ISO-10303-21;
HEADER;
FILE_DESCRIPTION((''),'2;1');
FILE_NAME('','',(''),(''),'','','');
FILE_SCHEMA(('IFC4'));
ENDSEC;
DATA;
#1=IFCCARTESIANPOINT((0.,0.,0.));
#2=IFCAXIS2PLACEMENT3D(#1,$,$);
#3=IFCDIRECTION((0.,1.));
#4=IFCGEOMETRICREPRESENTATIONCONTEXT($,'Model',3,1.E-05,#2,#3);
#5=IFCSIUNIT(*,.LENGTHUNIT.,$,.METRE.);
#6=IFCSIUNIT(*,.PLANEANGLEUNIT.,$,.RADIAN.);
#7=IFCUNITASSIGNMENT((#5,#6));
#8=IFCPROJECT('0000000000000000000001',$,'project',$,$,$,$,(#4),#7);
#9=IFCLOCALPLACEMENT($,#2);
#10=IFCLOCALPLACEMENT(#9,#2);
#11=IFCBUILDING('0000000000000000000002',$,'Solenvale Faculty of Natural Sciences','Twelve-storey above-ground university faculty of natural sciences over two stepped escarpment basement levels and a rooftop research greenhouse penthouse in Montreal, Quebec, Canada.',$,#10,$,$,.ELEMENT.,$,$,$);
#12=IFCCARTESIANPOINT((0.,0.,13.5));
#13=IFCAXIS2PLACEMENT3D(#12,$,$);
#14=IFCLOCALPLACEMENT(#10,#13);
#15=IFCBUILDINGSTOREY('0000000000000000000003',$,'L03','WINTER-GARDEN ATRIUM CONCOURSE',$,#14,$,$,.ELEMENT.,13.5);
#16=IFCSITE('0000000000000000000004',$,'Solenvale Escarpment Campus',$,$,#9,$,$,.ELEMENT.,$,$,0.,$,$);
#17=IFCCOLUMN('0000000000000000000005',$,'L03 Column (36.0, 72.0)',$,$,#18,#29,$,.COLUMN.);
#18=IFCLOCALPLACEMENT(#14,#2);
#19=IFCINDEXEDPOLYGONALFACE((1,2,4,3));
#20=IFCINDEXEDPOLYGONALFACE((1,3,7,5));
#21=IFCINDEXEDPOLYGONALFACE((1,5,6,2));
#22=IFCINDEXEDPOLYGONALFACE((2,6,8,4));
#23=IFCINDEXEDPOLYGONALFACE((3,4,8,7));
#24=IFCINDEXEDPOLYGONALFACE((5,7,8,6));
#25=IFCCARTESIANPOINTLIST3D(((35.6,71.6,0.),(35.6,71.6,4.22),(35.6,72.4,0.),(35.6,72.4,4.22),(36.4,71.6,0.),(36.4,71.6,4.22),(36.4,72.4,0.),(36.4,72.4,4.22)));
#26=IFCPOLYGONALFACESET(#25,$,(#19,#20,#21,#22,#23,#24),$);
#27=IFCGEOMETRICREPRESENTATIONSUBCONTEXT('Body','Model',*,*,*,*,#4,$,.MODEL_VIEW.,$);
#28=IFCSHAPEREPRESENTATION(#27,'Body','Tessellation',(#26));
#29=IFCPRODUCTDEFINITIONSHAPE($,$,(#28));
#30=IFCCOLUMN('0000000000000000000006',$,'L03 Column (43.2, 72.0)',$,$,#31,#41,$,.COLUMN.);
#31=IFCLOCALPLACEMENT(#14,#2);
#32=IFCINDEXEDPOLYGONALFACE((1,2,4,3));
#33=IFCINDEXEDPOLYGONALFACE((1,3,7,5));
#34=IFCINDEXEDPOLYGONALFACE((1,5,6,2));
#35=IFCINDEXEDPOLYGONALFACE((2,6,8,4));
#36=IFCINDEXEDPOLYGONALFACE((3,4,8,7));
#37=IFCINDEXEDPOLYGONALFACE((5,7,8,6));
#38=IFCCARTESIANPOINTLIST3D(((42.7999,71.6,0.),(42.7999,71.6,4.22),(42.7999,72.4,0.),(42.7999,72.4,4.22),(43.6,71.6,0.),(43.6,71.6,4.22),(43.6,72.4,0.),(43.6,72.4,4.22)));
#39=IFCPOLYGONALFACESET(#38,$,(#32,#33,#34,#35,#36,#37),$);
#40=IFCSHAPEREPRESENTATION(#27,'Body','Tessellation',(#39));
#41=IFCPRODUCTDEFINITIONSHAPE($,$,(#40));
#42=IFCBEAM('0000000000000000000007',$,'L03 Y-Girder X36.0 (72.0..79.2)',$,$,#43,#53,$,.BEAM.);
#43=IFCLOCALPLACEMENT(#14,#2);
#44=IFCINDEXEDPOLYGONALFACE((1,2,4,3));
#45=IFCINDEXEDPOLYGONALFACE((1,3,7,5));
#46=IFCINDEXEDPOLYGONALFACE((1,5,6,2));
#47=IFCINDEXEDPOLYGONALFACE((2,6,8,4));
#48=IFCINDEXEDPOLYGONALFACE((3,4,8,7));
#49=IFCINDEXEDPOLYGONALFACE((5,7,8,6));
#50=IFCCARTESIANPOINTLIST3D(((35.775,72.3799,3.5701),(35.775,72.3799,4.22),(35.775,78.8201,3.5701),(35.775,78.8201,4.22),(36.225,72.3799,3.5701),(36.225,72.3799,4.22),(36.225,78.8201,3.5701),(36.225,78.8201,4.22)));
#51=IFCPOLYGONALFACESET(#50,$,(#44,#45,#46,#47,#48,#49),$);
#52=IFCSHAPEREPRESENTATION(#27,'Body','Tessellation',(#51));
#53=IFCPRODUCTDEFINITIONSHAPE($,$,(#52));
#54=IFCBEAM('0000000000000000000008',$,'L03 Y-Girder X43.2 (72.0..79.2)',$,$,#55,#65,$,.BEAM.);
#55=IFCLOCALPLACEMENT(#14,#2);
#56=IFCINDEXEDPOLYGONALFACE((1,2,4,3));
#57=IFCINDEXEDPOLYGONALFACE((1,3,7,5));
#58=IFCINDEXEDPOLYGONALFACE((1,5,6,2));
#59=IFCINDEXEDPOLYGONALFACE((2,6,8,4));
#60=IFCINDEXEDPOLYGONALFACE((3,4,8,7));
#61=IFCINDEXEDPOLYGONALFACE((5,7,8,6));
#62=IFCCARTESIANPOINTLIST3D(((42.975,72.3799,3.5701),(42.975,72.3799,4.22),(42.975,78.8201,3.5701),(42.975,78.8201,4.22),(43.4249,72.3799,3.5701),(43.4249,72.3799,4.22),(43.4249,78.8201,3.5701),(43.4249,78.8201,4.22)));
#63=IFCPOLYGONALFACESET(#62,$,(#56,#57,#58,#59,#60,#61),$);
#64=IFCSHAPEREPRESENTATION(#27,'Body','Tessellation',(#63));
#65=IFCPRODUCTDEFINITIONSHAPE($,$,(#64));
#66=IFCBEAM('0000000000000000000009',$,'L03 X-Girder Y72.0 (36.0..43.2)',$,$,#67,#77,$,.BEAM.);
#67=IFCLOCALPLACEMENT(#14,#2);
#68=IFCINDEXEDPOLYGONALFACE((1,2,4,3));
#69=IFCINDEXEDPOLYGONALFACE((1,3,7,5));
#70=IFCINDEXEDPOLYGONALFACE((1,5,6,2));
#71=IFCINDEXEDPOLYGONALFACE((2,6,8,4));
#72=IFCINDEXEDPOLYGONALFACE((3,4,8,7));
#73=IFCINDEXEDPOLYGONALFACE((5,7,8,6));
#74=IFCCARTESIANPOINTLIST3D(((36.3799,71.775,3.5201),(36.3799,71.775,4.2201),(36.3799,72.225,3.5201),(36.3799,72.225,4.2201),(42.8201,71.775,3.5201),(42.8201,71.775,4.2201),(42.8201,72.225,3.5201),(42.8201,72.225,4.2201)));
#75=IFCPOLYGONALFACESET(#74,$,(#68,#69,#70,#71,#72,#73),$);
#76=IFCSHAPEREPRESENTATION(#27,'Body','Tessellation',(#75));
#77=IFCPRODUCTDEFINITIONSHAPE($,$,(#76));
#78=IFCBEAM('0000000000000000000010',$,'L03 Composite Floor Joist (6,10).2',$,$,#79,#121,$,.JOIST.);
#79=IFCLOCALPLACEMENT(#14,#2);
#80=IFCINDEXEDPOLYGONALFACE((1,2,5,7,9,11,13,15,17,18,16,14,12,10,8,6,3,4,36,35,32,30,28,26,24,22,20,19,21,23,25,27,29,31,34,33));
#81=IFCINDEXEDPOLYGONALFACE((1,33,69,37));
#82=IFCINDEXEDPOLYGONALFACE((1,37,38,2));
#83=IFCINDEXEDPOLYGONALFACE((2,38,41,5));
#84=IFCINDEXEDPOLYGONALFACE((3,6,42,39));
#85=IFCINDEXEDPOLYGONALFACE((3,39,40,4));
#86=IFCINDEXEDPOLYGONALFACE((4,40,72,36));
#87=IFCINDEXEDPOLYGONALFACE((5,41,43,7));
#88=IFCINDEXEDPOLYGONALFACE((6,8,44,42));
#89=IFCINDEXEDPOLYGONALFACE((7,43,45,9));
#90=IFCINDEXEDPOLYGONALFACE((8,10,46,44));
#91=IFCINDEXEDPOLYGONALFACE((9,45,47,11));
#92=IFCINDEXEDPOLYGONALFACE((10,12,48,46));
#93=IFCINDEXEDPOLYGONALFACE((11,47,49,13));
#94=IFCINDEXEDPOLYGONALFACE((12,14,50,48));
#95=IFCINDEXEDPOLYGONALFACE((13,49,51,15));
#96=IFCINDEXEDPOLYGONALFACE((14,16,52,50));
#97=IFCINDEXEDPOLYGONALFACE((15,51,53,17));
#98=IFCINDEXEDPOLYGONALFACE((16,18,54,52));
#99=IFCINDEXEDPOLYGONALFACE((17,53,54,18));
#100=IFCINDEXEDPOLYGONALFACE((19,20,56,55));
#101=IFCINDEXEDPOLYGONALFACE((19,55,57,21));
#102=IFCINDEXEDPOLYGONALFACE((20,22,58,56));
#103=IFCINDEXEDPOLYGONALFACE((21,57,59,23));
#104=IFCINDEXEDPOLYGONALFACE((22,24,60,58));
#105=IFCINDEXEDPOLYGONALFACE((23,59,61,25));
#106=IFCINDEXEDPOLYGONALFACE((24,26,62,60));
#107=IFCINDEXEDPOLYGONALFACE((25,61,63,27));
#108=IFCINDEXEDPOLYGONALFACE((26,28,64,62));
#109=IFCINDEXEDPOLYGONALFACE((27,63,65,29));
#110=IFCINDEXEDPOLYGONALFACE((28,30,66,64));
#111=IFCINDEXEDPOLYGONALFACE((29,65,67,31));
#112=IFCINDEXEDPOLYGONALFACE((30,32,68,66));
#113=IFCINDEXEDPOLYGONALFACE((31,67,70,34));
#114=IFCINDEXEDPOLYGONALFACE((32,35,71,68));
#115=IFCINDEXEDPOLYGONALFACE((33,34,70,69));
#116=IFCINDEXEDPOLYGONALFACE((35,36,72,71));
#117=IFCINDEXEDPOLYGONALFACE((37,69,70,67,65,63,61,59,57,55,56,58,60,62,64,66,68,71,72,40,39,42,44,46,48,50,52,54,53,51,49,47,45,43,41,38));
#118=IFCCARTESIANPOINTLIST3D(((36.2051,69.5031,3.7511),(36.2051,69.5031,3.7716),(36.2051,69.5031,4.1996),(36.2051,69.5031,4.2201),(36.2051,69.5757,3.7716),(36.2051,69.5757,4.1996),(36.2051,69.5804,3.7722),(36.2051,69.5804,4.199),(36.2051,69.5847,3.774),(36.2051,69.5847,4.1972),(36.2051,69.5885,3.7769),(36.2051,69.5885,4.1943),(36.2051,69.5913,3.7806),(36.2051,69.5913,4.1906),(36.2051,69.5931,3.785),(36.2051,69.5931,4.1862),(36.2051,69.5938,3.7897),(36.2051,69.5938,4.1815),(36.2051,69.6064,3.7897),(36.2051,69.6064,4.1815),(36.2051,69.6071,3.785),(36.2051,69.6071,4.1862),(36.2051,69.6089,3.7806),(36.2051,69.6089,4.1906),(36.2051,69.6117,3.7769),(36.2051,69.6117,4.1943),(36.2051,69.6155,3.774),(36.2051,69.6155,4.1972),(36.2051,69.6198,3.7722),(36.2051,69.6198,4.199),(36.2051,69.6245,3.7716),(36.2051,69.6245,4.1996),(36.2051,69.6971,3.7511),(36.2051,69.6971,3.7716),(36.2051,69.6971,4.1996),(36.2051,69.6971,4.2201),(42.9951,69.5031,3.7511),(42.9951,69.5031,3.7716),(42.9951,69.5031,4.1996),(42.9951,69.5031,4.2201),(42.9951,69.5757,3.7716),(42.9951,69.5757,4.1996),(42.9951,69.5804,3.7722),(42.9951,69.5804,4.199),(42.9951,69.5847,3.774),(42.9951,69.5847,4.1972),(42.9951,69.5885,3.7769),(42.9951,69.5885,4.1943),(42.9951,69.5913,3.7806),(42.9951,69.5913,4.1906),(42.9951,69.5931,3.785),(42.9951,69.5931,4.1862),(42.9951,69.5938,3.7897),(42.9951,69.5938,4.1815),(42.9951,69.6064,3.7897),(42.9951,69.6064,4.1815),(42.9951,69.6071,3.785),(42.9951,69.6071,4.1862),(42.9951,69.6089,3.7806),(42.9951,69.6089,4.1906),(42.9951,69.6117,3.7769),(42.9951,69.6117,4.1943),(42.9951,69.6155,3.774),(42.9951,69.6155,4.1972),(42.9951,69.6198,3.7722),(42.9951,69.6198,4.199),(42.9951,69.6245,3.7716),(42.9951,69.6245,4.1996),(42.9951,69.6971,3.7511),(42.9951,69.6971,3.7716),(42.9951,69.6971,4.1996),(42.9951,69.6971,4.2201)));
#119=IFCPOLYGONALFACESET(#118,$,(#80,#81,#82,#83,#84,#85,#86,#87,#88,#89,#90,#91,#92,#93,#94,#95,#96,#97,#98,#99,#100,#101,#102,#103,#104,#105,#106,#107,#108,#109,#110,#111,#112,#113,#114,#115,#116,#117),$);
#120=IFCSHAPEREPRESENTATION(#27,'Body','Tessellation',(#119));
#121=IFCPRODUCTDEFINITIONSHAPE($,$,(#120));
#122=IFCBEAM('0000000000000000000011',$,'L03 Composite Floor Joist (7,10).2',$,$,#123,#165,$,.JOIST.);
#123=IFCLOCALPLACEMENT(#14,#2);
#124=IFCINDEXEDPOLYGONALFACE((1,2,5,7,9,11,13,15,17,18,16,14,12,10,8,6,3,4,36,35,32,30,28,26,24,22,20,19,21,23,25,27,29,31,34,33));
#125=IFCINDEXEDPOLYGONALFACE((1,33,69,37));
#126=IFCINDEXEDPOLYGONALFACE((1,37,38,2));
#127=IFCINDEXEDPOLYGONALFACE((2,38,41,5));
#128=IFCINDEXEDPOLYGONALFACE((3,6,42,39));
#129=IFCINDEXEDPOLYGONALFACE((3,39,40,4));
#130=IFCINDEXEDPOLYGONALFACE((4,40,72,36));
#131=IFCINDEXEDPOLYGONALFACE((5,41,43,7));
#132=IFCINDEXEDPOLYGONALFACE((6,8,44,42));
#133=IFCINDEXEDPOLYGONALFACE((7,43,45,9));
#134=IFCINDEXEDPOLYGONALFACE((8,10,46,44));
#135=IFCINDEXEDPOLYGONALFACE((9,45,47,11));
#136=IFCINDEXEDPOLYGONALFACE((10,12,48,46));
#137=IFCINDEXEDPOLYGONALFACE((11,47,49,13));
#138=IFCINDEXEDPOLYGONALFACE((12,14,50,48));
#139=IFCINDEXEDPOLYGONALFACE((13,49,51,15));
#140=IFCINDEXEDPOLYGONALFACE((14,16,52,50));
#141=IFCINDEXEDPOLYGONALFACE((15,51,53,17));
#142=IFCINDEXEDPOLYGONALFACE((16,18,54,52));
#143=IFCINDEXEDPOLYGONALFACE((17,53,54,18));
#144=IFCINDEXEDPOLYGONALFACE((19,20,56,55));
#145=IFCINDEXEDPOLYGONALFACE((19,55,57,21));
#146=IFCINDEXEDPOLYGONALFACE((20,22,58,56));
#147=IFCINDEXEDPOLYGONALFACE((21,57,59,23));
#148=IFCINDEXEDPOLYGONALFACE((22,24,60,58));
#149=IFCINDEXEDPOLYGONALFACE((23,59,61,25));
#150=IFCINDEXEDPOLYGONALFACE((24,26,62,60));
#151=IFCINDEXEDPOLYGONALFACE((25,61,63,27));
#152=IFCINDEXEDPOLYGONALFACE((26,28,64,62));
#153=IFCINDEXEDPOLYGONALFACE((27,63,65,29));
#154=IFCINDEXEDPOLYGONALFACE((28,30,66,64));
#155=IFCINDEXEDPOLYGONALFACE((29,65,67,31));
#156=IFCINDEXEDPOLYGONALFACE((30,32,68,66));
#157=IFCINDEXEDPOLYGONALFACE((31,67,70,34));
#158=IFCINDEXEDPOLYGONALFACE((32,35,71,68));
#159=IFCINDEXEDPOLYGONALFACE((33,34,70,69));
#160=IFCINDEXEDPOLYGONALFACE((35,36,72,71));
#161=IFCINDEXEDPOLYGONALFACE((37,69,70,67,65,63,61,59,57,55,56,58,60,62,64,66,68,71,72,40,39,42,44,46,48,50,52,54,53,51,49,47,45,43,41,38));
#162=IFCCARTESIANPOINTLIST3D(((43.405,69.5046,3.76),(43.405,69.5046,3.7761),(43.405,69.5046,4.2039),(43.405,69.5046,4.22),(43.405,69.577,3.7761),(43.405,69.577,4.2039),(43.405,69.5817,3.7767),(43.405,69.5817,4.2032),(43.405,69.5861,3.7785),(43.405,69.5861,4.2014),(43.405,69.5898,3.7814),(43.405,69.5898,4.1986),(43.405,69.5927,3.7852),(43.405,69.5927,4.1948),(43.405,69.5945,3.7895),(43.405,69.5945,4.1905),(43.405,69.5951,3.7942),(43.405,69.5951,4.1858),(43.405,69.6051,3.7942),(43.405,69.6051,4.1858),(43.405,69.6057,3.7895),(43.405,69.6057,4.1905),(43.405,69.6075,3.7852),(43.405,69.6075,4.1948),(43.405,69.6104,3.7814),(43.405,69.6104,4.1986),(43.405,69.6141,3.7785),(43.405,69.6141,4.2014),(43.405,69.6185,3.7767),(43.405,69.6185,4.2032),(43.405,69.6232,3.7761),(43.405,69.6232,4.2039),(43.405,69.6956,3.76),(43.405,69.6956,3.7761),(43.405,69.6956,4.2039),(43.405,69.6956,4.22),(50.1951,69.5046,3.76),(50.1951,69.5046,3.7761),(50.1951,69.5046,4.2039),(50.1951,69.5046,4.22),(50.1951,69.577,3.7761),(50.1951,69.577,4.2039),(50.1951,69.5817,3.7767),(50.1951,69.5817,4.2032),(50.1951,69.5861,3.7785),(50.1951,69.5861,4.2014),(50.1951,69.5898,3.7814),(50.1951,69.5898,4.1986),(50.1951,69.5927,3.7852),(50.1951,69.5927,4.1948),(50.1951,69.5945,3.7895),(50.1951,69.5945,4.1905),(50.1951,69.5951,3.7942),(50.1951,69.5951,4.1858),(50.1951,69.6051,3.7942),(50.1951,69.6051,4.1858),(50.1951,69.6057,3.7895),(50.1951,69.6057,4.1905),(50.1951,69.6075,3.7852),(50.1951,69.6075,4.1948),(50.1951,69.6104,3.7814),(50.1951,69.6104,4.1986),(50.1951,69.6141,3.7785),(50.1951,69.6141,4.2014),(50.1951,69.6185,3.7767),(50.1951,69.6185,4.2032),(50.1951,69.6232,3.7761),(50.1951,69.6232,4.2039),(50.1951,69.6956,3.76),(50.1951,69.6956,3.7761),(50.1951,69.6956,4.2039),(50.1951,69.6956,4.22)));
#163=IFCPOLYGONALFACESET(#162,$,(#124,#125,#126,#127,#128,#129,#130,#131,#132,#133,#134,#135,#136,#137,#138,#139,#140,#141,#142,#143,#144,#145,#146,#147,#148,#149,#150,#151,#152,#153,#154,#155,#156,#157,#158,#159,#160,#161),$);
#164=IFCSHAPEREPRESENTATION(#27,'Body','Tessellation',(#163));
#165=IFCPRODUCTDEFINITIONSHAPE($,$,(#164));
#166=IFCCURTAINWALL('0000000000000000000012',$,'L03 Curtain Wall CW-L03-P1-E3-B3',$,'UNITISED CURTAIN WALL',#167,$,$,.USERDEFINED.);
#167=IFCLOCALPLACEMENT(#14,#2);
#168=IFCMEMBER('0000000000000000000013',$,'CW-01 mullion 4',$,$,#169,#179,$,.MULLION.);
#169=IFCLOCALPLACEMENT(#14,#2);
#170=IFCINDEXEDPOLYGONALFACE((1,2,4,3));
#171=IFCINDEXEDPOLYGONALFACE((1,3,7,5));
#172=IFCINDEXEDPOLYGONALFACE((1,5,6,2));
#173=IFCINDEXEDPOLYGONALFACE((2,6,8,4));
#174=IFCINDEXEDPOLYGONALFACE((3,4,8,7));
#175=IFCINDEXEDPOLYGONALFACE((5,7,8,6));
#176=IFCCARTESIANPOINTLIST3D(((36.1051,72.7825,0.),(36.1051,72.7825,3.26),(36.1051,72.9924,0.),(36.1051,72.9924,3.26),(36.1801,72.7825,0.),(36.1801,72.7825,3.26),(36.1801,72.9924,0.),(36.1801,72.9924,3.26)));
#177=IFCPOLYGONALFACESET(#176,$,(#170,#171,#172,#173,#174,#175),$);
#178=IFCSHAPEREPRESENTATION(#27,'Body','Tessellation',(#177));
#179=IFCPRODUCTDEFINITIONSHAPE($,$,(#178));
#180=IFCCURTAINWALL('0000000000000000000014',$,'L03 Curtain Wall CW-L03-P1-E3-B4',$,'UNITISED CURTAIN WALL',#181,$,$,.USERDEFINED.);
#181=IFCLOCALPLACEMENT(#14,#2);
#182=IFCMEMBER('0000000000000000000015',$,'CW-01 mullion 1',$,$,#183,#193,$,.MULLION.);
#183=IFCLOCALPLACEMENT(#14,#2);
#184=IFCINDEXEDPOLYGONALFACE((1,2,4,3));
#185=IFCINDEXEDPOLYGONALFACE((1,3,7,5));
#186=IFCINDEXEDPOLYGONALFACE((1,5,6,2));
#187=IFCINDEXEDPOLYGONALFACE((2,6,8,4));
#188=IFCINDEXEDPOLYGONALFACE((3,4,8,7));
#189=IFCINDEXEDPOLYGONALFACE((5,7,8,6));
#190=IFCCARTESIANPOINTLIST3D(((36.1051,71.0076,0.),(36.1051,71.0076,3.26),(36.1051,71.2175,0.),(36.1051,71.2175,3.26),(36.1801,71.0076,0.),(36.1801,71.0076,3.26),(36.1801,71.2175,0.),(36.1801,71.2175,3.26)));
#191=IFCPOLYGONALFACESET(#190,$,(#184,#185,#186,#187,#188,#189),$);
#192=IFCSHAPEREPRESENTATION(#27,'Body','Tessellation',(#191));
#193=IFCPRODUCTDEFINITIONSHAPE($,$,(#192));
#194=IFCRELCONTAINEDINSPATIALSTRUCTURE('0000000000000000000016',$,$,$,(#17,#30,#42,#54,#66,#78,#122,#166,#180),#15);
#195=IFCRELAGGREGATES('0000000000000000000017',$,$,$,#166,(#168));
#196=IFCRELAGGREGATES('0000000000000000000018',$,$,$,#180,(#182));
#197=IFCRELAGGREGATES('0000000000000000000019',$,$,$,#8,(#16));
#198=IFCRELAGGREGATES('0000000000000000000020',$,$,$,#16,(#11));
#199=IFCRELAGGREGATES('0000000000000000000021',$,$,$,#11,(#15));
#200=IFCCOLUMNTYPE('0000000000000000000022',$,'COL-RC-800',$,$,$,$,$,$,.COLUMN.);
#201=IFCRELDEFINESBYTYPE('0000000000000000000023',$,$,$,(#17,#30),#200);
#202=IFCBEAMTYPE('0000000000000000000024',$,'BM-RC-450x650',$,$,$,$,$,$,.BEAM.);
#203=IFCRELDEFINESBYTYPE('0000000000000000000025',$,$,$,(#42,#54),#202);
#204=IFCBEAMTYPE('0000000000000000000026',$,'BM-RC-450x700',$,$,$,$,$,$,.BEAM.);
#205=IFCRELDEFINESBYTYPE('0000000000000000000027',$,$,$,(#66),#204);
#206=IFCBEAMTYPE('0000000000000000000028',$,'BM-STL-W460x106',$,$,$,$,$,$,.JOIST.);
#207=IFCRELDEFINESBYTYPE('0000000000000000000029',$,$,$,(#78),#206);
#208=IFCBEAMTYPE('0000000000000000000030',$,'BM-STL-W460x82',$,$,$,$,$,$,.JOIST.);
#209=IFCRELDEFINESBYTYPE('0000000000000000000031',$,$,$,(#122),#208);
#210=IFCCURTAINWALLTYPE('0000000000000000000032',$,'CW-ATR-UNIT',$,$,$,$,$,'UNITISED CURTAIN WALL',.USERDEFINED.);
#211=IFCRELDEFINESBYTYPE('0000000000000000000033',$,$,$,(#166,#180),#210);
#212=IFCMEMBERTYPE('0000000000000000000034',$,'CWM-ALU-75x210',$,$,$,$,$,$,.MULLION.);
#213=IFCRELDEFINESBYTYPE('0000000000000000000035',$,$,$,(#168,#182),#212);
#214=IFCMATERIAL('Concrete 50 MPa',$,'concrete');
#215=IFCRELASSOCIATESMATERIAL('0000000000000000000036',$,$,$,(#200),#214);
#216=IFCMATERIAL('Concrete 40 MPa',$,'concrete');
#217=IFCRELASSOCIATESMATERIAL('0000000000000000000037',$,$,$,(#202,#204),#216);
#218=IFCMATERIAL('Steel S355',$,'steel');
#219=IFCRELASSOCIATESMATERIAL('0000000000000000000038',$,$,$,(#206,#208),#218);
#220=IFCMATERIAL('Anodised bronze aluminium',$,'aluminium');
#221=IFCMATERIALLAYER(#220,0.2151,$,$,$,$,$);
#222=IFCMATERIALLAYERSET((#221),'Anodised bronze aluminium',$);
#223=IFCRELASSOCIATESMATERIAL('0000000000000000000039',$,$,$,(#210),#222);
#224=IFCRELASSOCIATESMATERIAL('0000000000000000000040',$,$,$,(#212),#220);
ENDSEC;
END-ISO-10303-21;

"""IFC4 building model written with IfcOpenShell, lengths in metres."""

from ifc_helpers import new_model, si_unit, direction, frame, origin, origin_2d, place, context, subcontext, project, spatial, rectangle, i_section, extrude, material, layer, layer_set, material_profile, profile_set, type_object, element, aggregate, save


model = new_model("IFC4")

# Units and contexts
model_context = context("Model", 3, precision=1e-05, world=origin(), true_north=direction((0.0, 1.0)))
body_context = subcontext(model_context, "Body", "Model", "MODEL_VIEW")
ifc_project = project(units=[si_unit("LENGTHUNIT", "METRE"), si_unit("PLANEANGLEUNIT", "RADIAN")], contexts=[model_context])

# Site, building, storey
site_placement = place(None, origin())
site = spatial("IfcSite", under=ifc_project, at=site_placement, Name="Solenvale Escarpment Campus", CompositionType="ELEMENT", RefElevation=0.0)
building_placement = place(site_placement, origin())
building = spatial("IfcBuilding", under=site, at=building_placement, Name="Solenvale Faculty of Natural Sciences", Description="Twelve-storey above-ground university faculty of natural sciences over two stepped escarpment basement levels and a rooftop research greenhouse penthouse in Montreal, Quebec, Canada.", CompositionType="ELEMENT")
storey_placement = place(building_placement, frame((0.0, 0.0, 13.5)))
storey = spatial("IfcBuildingStorey", under=building, at=storey_placement, Name="L03", Description="WINTER-GARDEN ATRIUM CONCOURSE", CompositionType="ELEMENT", Elevation=13.5)

# Columns
ifc_material_1 = material(Name="Concrete 50 MPa", Category="concrete")
ifc_material_profile_1 = material_profile(ifc_material_1, rectangle(XDim=0.8, YDim=0.8, at=origin_2d()), Name="RC-COL-800x800")
ifc_profile_set_1 = profile_set([ifc_material_profile_1], Name="Concrete 50 MPa")
column_type = type_object("IfcColumnType", Name="COL-RC-800", PredefinedType="COLUMN", material=ifc_profile_set_1)
for number, where, z_axis, x_axis, name in (
    (1, (36.0, 72.0, 0.0), (0.0, 0.0, 1.0), (1.0, 0.0, 0.0), "L03 Column (36.0, 72.0)"),
    (2, (43.2, 72.0, 0.0), (0.0, 0.0, 1.0), (1.0, 0.0, 0.0), "L03 Column (43.2, 72.0)"),
):
    element("IfcColumn", number, at=place(storey_placement, frame(where, z_axis=z_axis, x_axis=x_axis)), inside=storey, type_object=column_type, Name=name, PredefinedType="COLUMN", context=body_context, shape_type="SweptSolid", body=[
        extrude(rectangle(XDim=0.8, YDim=0.8, at=origin_2d()), origin(), (0.0, 0.0, 1.0), 4.22),
    ])

# Beams
ifc_material_2 = material(Name="Concrete 40 MPa", Category="concrete")
ifc_material_profile_2 = material_profile(ifc_material_2, rectangle(XDim=0.45, YDim=0.6499, at=origin_2d()), Name="RC-BM-450x650")
ifc_profile_set_2 = profile_set([ifc_material_profile_2], Name="Concrete 40 MPa")
beam_type_1 = type_object("IfcBeamType", Name="BM-RC-450x650", PredefinedType="BEAM", material=ifc_profile_set_2)
for number, where, z_axis, x_axis, name in (
    (3, (36.0, 72.3799, 3.895), (0.0, 1.0, 0.0), (-1.0, 0.0, 0.0), "L03 Y-Girder X36.0 (72.0..79.2)"),
    (4, (43.2, 72.3799, 3.895), (0.0, 1.0, 0.0), (-1.0, 0.0, 0.0), "L03 Y-Girder X43.2 (72.0..79.2)"),
):
    element("IfcBeam", number, at=place(storey_placement, frame(where, z_axis=z_axis, x_axis=x_axis)), inside=storey, type_object=beam_type_1, Name=name, PredefinedType="BEAM", context=body_context, shape_type="SweptSolid", body=[
        extrude(rectangle(XDim=0.45, YDim=0.6499, at=origin_2d()), origin(), (0.0, 0.0, 1.0), 6.4402),
    ])
ifc_material_profile_3 = material_profile(ifc_material_2, rectangle(XDim=0.45, YDim=0.7, at=origin_2d()), Name="RC-BM-450x700")
ifc_profile_set_3 = profile_set([ifc_material_profile_3], Name="Concrete 40 MPa")
beam_type_2 = type_object("IfcBeamType", Name="BM-RC-450x700", PredefinedType="BEAM", material=ifc_profile_set_3)
beam_1_placement = place(storey_placement, frame((36.3799, 72.0, 3.8701), z_axis=(1.0, 0.0, 0.0), x_axis=(0.0, 1.0, 0.0)))
element("IfcBeam", 5, at=beam_1_placement, inside=storey, type_object=beam_type_2, Name="L03 X-Girder Y72.0 (36.0..43.2)", PredefinedType="BEAM", context=body_context, shape_type="SweptSolid", body=[
    extrude(rectangle(XDim=0.45, YDim=0.7, at=origin_2d()), origin(), (0.0, 0.0, 1.0), 6.4402),
])
ifc_material_3 = material(Name="Steel S355", Category="steel")
ifc_material_profile_4 = material_profile(ifc_material_3, i_section(OverallWidth=0.1941, OverallDepth=0.469, WebThickness=0.0127, FlangeThickness=0.0205, FilletRadius=0.0181, at=origin_2d()), Name="W460x106")
ifc_profile_set_4 = profile_set([ifc_material_profile_4], Name="Steel S355")
beam_type_3 = type_object("IfcBeamType", Name="BM-STL-W460x106", PredefinedType="JOIST", material=ifc_profile_set_4)
beam_2_placement = place(storey_placement, frame((36.2051, 69.6001, 3.9856), z_axis=(1.0, 0.0, 0.0), x_axis=(0.0, 1.0, 0.0)))
element("IfcBeam", 6, at=beam_2_placement, inside=storey, type_object=beam_type_3, Name="L03 Composite Floor Joist (6,10).2", PredefinedType="JOIST", context=body_context, shape_type="SweptSolid", body=[
    extrude(i_section(OverallWidth=0.1941, OverallDepth=0.469, WebThickness=0.0127, FlangeThickness=0.0205, FilletRadius=0.0181, at=origin_2d()), origin(), (0.0, 0.0, 1.0), 6.79),
])
ifc_material_profile_5 = material_profile(ifc_material_3, i_section(OverallWidth=0.1909, OverallDepth=0.46, WebThickness=0.01, FlangeThickness=0.0161, FilletRadius=0.0181, at=origin_2d()), Name="W460x82")
ifc_profile_set_5 = profile_set([ifc_material_profile_5], Name="Steel S355")
beam_type_4 = type_object("IfcBeamType", Name="BM-STL-W460x82", PredefinedType="JOIST", material=ifc_profile_set_5)
beam_3_placement = place(storey_placement, frame((43.405, 69.6001, 3.99), z_axis=(1.0, 0.0, 0.0), x_axis=(0.0, 1.0, 0.0)))
element("IfcBeam", 7, at=beam_3_placement, inside=storey, type_object=beam_type_4, Name="L03 Composite Floor Joist (7,10).2", PredefinedType="JOIST", context=body_context, shape_type="SweptSolid", body=[
    extrude(i_section(OverallWidth=0.1909, OverallDepth=0.46, WebThickness=0.01, FlangeThickness=0.0161, FilletRadius=0.0181, at=origin_2d()), origin(), (0.0, 0.0, 1.0), 6.79),
])

# Curtain wall, member
ifc_material_4 = material(Name="Anodised bronze aluminium", Category="aluminium")
ifc_layer_1 = layer(ifc_material_4, 0.2151)
ifc_layer_set_1 = layer_set([ifc_layer_1], Name="Anodised bronze aluminium")
curtain_wall_type = type_object("IfcCurtainWallType", Name="CW-ATR-UNIT", ElementType="UNITISED CURTAIN WALL", PredefinedType="USERDEFINED", material=ifc_layer_set_1)
curtain_wall_1_placement = place(storey_placement, origin())
curtain_wall_1 = element("IfcCurtainWall", 8, at=curtain_wall_1_placement, inside=storey, type_object=curtain_wall_type, Name="L03 Curtain Wall CW-L03-P1-E3-B3", ObjectType="UNITISED CURTAIN WALL", PredefinedType="USERDEFINED")
ifc_material_profile_6 = material_profile(ifc_material_4, rectangle(XDim=0.075, YDim=0.21, at=origin_2d()), Name="ALU-MUL-75x210")
ifc_profile_set_6 = profile_set([ifc_material_profile_6], Name="Anodised bronze aluminium")
member_type_1 = type_object("IfcMemberType", Name="CWM-ALU-75x210", PredefinedType="MULLION", material=ifc_profile_set_6)
member_1_placement = place(storey_placement, frame((36.1426, 72.8875, 0.0), z_axis=(0.0, 0.0, 1.0), x_axis=(1.0, 0.0, 0.0)))
member_1 = element("IfcMember", 9, at=member_1_placement, type_object=member_type_1, Name="CW-01 mullion 4", PredefinedType="MULLION", context=body_context, shape_type="SweptSolid", body=[
    extrude(rectangle(XDim=0.075, YDim=0.21, at=origin_2d()), origin(), (0.0, 0.0, 1.0), 3.26),
])

# Curtain wall, member
curtain_wall_2_placement = place(storey_placement, origin())
curtain_wall_2 = element("IfcCurtainWall", 10, at=curtain_wall_2_placement, inside=storey, type_object=curtain_wall_type, Name="L03 Curtain Wall CW-L03-P1-E3-B4", ObjectType="UNITISED CURTAIN WALL", PredefinedType="USERDEFINED")
member_2_placement = place(storey_placement, frame((36.1426, 71.1125, 0.0), z_axis=(0.0, 0.0, 1.0), x_axis=(1.0, 0.0, 0.0)))
member_2 = element("IfcMember", 11, at=member_2_placement, type_object=member_type_1, Name="CW-01 mullion 1", PredefinedType="MULLION", context=body_context, shape_type="SweptSolid", body=[
    extrude(rectangle(XDim=0.075, YDim=0.21, at=origin_2d()), origin(), (0.0, 0.0, 1.0), 3.26),
])

aggregate(curtain_wall_1, [member_1])
aggregate(curtain_wall_2, [member_2])

save(model, "model.ifc")
